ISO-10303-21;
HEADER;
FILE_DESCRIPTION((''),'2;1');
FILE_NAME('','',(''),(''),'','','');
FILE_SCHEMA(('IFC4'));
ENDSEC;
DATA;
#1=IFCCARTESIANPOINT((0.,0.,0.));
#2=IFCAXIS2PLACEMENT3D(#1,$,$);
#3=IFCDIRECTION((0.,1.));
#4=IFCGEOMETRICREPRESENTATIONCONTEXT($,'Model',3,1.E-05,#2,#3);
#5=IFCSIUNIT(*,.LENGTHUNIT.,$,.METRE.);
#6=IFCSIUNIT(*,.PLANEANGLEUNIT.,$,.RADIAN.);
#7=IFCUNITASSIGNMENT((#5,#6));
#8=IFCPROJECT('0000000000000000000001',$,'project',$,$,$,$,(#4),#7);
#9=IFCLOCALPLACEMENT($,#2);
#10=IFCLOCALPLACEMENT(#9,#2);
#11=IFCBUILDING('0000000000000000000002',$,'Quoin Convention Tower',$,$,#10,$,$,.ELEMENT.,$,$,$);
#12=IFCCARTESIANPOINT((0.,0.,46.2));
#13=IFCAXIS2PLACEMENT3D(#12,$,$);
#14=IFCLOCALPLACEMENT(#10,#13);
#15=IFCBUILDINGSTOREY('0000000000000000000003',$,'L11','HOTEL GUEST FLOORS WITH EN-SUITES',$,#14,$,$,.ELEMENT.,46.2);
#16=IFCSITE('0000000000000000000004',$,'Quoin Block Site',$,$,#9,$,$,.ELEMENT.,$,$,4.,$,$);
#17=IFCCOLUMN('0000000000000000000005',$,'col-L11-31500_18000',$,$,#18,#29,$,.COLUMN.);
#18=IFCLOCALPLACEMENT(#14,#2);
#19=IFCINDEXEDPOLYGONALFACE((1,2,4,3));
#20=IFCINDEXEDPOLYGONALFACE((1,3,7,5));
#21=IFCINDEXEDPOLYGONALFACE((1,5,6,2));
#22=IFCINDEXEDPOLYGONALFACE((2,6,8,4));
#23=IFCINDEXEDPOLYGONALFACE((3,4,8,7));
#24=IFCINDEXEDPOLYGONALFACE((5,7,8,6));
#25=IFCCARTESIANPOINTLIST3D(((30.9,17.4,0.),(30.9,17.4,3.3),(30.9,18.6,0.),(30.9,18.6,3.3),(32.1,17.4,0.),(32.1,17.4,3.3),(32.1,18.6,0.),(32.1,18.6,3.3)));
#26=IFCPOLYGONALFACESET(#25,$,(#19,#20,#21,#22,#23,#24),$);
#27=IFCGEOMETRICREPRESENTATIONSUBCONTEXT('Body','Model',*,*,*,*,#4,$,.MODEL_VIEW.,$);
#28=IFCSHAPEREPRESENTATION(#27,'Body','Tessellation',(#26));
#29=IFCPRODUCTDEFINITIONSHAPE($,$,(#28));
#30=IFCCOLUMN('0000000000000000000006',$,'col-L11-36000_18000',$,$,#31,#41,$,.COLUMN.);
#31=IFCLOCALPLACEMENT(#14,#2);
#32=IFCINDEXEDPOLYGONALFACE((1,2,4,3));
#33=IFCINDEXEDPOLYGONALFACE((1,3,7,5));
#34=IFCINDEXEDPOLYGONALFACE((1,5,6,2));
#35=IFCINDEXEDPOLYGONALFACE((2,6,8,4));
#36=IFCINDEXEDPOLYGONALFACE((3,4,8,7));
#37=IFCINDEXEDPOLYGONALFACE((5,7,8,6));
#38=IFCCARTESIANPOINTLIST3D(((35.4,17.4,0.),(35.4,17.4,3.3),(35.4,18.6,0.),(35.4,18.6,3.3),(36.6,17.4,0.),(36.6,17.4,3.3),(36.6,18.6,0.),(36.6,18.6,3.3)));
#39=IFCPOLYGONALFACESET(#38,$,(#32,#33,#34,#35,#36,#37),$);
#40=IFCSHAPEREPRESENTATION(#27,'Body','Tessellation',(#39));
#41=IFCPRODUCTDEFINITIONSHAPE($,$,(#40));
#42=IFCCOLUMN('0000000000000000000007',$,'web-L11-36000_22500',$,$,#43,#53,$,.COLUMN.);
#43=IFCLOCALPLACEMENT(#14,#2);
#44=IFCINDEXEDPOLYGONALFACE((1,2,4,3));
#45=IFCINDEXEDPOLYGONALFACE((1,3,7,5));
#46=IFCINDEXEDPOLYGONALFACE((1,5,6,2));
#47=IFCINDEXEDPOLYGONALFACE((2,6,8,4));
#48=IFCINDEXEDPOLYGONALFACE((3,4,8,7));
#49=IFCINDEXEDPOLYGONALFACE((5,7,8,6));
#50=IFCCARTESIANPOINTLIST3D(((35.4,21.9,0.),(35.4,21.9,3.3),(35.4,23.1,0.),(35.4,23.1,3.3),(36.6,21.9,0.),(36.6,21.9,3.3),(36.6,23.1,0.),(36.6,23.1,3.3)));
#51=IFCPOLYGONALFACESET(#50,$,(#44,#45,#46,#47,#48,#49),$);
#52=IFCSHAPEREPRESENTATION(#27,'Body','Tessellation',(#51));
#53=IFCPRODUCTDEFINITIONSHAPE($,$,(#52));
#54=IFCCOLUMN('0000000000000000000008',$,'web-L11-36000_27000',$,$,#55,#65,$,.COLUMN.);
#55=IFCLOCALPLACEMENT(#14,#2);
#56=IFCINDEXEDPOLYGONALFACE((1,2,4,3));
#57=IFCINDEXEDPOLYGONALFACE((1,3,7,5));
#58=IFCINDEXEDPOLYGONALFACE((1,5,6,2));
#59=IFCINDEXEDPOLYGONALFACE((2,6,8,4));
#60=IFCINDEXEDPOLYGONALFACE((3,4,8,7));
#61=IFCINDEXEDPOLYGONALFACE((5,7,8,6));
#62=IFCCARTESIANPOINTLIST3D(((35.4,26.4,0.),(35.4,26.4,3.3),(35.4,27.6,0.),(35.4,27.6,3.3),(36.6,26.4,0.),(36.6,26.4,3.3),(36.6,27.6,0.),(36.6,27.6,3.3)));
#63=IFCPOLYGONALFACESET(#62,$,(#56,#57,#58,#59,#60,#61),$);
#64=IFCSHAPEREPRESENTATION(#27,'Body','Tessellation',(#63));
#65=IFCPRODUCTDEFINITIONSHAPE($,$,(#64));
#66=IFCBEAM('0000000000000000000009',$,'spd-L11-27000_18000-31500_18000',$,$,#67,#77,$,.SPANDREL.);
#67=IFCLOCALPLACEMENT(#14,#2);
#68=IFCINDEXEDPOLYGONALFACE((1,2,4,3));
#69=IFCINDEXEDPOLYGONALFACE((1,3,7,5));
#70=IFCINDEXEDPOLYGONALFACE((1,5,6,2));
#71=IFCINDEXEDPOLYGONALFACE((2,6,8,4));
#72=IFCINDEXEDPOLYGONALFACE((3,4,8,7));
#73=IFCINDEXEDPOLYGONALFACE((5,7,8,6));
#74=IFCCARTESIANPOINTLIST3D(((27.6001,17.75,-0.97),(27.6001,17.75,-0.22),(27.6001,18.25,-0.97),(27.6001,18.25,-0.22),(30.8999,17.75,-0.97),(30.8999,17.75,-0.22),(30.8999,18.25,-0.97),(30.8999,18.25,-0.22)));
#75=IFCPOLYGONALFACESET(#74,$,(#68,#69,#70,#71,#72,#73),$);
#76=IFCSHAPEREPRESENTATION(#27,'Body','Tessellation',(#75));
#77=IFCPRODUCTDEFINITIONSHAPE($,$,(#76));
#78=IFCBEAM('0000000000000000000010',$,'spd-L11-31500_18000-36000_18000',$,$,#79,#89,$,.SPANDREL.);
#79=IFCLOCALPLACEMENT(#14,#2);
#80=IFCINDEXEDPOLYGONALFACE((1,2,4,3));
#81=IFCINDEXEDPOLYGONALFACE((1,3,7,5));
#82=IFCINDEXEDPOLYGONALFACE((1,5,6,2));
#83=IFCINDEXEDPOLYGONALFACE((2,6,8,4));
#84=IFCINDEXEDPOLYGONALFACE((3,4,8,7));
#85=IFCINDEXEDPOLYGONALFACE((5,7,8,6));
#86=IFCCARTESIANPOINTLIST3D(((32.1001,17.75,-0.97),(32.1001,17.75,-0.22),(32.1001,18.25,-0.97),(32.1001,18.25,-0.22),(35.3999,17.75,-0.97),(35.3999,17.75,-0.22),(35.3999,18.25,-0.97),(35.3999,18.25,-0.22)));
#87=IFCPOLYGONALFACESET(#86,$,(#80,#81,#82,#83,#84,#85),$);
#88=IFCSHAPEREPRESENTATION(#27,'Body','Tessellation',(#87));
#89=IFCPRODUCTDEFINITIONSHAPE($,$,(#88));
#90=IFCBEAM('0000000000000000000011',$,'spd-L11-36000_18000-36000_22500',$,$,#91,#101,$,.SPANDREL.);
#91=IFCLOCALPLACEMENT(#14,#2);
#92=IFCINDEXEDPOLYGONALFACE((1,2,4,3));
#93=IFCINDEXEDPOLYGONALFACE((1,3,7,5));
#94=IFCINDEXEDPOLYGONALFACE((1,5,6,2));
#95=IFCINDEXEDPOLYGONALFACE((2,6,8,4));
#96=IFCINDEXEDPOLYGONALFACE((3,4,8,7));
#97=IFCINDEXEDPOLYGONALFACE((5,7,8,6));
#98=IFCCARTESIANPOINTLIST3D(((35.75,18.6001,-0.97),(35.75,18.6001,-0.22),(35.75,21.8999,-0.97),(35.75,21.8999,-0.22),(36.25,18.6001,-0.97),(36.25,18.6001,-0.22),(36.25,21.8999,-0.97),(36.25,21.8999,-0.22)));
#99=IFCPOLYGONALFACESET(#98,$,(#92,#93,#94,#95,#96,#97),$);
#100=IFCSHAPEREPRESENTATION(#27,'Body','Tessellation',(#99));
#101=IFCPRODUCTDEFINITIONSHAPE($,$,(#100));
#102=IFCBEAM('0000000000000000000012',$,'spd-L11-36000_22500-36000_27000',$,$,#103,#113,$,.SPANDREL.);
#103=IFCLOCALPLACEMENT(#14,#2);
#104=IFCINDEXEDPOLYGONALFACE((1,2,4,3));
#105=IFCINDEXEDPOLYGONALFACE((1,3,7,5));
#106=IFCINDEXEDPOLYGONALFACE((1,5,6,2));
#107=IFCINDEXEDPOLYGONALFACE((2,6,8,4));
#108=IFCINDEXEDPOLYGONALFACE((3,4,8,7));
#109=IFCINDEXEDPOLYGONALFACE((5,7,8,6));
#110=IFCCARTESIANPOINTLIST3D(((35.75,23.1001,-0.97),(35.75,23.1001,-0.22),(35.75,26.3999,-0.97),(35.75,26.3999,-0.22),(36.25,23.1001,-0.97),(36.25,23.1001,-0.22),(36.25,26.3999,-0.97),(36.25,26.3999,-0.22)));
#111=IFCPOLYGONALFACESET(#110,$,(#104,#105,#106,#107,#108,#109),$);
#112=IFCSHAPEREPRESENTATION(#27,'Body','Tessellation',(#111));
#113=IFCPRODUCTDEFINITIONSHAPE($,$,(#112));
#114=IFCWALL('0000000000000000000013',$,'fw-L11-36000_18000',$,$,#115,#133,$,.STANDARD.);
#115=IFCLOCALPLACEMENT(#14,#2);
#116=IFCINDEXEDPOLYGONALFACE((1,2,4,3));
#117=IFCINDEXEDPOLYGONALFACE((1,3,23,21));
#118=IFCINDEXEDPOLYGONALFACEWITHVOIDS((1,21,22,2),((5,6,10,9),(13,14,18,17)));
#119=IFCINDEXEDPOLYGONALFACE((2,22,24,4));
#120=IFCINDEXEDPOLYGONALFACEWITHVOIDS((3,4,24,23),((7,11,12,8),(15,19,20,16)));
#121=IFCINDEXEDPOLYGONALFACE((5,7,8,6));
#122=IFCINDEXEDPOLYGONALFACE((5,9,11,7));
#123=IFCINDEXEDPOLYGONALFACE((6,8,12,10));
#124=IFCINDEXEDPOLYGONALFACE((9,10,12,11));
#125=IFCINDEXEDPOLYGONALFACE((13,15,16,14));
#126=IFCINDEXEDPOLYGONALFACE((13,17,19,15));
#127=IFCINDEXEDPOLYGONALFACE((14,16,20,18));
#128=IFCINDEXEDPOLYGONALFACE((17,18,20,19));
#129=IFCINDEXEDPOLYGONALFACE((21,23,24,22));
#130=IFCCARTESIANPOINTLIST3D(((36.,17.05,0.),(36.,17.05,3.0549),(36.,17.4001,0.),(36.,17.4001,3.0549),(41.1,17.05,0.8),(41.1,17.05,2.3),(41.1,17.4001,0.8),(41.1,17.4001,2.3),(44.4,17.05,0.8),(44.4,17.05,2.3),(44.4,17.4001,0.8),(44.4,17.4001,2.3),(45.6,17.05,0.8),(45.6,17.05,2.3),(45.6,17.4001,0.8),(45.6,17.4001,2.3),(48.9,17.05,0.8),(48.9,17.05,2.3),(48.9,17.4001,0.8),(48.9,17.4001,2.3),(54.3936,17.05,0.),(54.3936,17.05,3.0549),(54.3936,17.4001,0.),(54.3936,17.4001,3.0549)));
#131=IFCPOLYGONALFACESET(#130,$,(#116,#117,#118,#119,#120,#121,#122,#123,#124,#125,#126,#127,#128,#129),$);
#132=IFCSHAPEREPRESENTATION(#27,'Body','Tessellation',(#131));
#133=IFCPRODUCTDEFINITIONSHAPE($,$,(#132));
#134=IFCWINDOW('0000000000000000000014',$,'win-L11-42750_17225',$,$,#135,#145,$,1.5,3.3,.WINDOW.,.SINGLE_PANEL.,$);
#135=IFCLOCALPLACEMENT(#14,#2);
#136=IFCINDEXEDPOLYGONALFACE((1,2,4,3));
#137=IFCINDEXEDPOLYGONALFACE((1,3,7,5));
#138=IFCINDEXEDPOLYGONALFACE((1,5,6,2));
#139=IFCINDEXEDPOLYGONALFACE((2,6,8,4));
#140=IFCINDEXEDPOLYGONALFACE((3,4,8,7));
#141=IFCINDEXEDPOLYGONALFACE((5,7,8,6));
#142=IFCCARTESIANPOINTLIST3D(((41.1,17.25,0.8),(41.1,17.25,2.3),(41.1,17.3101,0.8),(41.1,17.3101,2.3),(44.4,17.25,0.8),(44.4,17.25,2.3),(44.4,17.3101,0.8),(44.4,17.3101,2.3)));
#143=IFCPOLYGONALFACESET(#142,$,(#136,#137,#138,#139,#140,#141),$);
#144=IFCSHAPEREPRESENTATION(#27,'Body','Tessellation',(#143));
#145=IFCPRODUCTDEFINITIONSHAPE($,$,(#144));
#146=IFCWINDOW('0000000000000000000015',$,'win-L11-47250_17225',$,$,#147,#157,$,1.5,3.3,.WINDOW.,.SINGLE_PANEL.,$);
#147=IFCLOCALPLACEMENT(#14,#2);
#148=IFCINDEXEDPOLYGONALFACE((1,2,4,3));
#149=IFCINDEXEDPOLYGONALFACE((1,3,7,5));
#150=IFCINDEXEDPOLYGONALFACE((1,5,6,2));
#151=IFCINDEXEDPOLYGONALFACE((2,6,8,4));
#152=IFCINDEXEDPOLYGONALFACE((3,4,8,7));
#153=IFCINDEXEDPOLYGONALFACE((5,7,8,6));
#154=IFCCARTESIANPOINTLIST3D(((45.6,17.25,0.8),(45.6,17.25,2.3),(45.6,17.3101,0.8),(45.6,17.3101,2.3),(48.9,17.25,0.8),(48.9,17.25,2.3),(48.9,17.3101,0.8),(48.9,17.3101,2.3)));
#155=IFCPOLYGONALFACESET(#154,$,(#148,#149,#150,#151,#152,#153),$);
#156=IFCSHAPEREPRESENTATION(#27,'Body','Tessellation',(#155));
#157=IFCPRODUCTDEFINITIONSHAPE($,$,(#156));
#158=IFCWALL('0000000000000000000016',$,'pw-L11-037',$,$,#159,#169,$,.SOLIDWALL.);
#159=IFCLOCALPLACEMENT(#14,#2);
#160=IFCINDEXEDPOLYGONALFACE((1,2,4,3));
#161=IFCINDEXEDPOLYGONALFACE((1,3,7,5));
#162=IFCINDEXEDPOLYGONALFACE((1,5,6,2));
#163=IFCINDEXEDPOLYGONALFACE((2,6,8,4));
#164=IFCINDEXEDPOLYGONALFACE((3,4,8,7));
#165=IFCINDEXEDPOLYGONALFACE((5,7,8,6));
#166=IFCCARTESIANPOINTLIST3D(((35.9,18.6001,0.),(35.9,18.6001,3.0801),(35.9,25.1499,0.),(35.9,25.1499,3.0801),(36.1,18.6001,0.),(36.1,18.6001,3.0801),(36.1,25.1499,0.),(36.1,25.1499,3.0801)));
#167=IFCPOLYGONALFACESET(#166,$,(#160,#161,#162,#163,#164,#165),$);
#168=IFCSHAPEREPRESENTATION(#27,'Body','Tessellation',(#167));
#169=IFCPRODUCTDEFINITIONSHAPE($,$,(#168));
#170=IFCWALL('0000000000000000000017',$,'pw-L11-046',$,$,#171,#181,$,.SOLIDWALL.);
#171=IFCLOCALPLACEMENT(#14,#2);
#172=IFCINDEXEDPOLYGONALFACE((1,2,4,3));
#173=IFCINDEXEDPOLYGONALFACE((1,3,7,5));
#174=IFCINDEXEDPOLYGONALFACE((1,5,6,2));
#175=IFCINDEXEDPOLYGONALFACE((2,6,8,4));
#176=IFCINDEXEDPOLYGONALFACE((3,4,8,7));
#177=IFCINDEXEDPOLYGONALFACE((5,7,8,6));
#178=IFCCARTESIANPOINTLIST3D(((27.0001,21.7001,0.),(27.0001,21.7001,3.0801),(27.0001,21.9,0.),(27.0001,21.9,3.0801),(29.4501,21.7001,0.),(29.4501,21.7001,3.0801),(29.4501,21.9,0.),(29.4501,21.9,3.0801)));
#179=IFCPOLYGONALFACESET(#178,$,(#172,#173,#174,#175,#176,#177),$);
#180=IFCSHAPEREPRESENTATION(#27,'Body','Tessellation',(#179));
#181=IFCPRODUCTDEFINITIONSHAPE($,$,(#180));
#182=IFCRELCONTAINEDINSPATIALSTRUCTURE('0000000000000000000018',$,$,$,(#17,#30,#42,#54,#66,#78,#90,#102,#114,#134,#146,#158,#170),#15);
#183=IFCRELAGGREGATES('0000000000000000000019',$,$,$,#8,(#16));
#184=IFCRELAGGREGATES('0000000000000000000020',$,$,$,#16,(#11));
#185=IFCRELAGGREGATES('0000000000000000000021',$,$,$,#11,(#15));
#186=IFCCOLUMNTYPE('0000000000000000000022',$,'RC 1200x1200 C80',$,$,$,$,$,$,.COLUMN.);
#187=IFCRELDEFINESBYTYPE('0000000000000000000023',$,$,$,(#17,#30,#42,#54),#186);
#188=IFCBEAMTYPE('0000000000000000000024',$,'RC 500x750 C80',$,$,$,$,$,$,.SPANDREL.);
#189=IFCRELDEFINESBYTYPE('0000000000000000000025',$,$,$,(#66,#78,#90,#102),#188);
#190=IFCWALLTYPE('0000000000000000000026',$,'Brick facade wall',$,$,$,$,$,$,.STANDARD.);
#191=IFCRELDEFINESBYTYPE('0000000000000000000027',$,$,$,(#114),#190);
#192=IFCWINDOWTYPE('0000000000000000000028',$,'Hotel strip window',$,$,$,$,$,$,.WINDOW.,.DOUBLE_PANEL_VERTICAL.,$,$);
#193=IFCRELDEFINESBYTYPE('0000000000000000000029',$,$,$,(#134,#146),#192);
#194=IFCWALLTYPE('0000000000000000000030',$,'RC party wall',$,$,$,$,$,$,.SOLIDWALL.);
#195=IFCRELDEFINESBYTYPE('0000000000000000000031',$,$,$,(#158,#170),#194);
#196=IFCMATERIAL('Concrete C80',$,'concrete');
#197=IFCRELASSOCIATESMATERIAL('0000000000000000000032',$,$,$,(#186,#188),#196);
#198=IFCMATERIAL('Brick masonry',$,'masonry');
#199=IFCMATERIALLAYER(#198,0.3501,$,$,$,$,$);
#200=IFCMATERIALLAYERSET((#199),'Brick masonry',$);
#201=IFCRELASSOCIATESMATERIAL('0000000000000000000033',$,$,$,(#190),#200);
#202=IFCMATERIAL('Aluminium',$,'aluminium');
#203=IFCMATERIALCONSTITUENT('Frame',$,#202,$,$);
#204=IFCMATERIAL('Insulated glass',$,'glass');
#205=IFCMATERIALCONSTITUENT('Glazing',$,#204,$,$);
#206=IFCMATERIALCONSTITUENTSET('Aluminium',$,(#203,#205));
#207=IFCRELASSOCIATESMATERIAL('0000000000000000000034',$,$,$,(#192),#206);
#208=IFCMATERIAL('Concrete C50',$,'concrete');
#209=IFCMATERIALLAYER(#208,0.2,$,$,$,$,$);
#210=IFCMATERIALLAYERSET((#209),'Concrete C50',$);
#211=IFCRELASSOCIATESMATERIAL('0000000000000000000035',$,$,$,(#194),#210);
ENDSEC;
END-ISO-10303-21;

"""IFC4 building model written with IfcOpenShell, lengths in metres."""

from ifc_helpers import new_model, si_unit, direction, frame, frame_2d, origin, origin_2d, place, context, subcontext, project, spatial, rectangle, extrude, material, layer, layer_set, constituent, constituent_set, material_profile, profile_set, type_object, element, fill, save


model = new_model("IFC4")

# Units and contexts
model_context = context("Model", 3, precision=1e-05, world=origin(), true_north=direction((0.0, 1.0)))
body_context = subcontext(model_context, "Body", "Model", "MODEL_VIEW")
ifc_project = project(units=[si_unit("LENGTHUNIT", "METRE"), si_unit("PLANEANGLEUNIT", "RADIAN")], contexts=[model_context])

# Site, building, storey
site_placement = place(None, origin())
site = spatial("IfcSite", under=ifc_project, at=site_placement, Name="Quoin Block Site", CompositionType="ELEMENT", RefElevation=4.0)
building_placement = place(site_placement, origin())
building = spatial("IfcBuilding", under=site, at=building_placement, Name="Quoin Convention Tower", CompositionType="ELEMENT")
storey_placement = place(building_placement, frame((0.0, 0.0, 46.2)))
storey = spatial("IfcBuildingStorey", under=building, at=storey_placement, Name="L11", Description="HOTEL GUEST FLOORS WITH EN-SUITES", CompositionType="ELEMENT", Elevation=46.2)

# Columns
ifc_material_1 = material(Name="Concrete C80", Category="concrete")
ifc_material_profile_1 = material_profile(ifc_material_1, rectangle(XDim=1.2, YDim=1.2, at=origin_2d()), Name="RC 1200x1200")
ifc_profile_set_1 = profile_set([ifc_material_profile_1], Name="Concrete C80")
column_type = type_object("IfcColumnType", Name="RC 1200x1200 C80", PredefinedType="COLUMN", material=ifc_profile_set_1)
for number, where, z_axis, x_axis, name in (
    (1, (31.5, 18.0, 0.0), (0.0, 0.0, 1.0), (1.0, 0.0, 0.0), "col-L11-31500_18000"),
    (2, (36.0, 18.0, 0.0), (0.0, 0.0, 1.0), (1.0, 0.0, 0.0), "col-L11-36000_18000"),
    (3, (36.0, 22.5, 0.0), (0.0, 0.0, 1.0), (1.0, 0.0, 0.0), "web-L11-36000_22500"),
    (4, (36.0, 27.0, 0.0), (0.0, 0.0, 1.0), (1.0, 0.0, 0.0), "web-L11-36000_27000"),
):
    element("IfcColumn", number, at=place(storey_placement, frame(where, z_axis=z_axis, x_axis=x_axis)), inside=storey, type_object=column_type, Name=name, PredefinedType="COLUMN", context=body_context, shape_type="SweptSolid", body=[
        extrude(rectangle(XDim=1.2, YDim=1.2, at=origin_2d()), origin(), (0.0, 0.0, 1.0), 3.3),
    ])

# Beams
ifc_material_profile_2 = material_profile(ifc_material_1, rectangle(XDim=0.5, YDim=0.75, at=origin_2d()), Name="RC 500x750")
ifc_profile_set_2 = profile_set([ifc_material_profile_2], Name="Concrete C80")
beam_type = type_object("IfcBeamType", Name="RC 500x750 C80", PredefinedType="SPANDREL", material=ifc_profile_set_2)
for number, where, z_axis, x_axis, name in (
    (5, (27.6001, 18.0, -0.595), (1.0, 0.0, 0.0), (0.0, 1.0, 0.0), "spd-L11-27000_18000-31500_18000"),
    (6, (32.1001, 18.0, -0.595), (1.0, 0.0, 0.0), (0.0, 1.0, 0.0), "spd-L11-31500_18000-36000_18000"),
    (7, (36.0, 18.6001, -0.595), (0.0, 1.0, 0.0), (-1.0, 0.0, 0.0), "spd-L11-36000_18000-36000_22500"),
    (8, (36.0, 23.1001, -0.595), (0.0, 1.0, 0.0), (-1.0, 0.0, 0.0), "spd-L11-36000_22500-36000_27000"),
):
    element("IfcBeam", number, at=place(storey_placement, frame(where, z_axis=z_axis, x_axis=x_axis)), inside=storey, type_object=beam_type, Name=name, PredefinedType="SPANDREL", context=body_context, shape_type="SweptSolid", body=[
        extrude(rectangle(XDim=0.5, YDim=0.75, at=origin_2d()), origin(), (0.0, 0.0, 1.0), 3.2998),
    ])

# Wall, openings, windows
ifc_material_2 = material(Name="Brick masonry", Category="masonry")
ifc_layer_1 = layer(ifc_material_2, 0.3501)
ifc_layer_set_1 = layer_set([ifc_layer_1], Name="Brick masonry")
wall_type_1 = type_object("IfcWallType", Name="Brick facade wall", PredefinedType="STANDARD", material=ifc_layer_set_1)
wall_1_placement = place(storey_placement, frame((36.0, 17.2251, 0.0), z_axis=(0.0, 0.0, 1.0), x_axis=(1.0, 0.0, 0.0)))
wall_1 = element("IfcWall", 9, at=wall_1_placement, inside=storey, type_object=wall_type_1, Name="fw-L11-36000_18000", PredefinedType="STANDARD", context=body_context, shape_type="SweptSolid", body=[
    extrude(rectangle(XDim=18.3936, YDim=0.3501, at=frame_2d((9.1968, 0.0))), origin(), (0.0, 0.0, 1.0), 3.0549),
])
opening_1_placement = place(wall_1_placement, frame((5.1001, 0.0, 0.8)))
opening_1 = element("IfcOpeningElement", 10, at=opening_1_placement, cuts=wall_1, PredefinedType="OPENING", context=body_context, shape_type="SweptSolid", body=[
    extrude(rectangle(XDim=3.3, YDim=1.5, at=frame_2d((1.6499, 0.75))), frame((0.0, 0.1851, 0.0), z_axis=(0.0, -1.0, 0.0), x_axis=(1.0, 0.0, 0.0)), (0.0, 0.0, 1.0), 0.3701),
])
opening_2_placement = place(wall_1_placement, frame((9.6001, 0.0, 0.8)))
opening_2 = element("IfcOpeningElement", 11, at=opening_2_placement, cuts=wall_1, PredefinedType="OPENING", context=body_context, shape_type="SweptSolid", body=[
    extrude(rectangle(XDim=3.3, YDim=1.5, at=frame_2d((1.6499, 0.75))), frame((0.0, 0.1851, 0.0), z_axis=(0.0, -1.0, 0.0), x_axis=(1.0, 0.0, 0.0)), (0.0, 0.0, 1.0), 0.3701),
])
ifc_material_3 = material(Name="Aluminium", Category="aluminium")
ifc_constituent_1 = constituent(ifc_material_3, Name="Frame")
ifc_material_4 = material(Name="Insulated glass", Category="glass")
ifc_constituent_2 = constituent(ifc_material_4, Name="Glazing")
ifc_constituent_set = constituent_set(constituents=[ifc_constituent_1, ifc_constituent_2], Name="Aluminium")
window_type = type_object("IfcWindowType", Name="Hotel strip window", PartitioningType="DOUBLE_PANEL_VERTICAL", PredefinedType="WINDOW", material=ifc_constituent_set)
window_1_placement = place(opening_1_placement, origin())
window_1 = element("IfcWindow", 12, at=window_1_placement, inside=storey, type_object=window_type, Name="win-L11-42750_17225", OverallHeight=1.5, OverallWidth=3.3, PartitioningType="SINGLE_PANEL", PredefinedType="WINDOW", context=body_context, shape_type="SweptSolid", body=[
    extrude(rectangle(XDim=3.3, YDim=1.5, at=frame_2d((1.6499, 0.75))), frame((0.0, 0.085, 0.0), z_axis=(0.0, -1.0, 0.0), x_axis=(1.0, 0.0, 0.0)), (0.0, 0.0, 1.0), 0.0601),
])
fill(opening_1, window_1)
window_2_placement = place(opening_2_placement, origin())
window_2 = element("IfcWindow", 13, at=window_2_placement, inside=storey, type_object=window_type, Name="win-L11-47250_17225", OverallHeight=1.5, OverallWidth=3.3, PartitioningType="SINGLE_PANEL", PredefinedType="WINDOW", context=body_context, shape_type="SweptSolid", body=[
    extrude(rectangle(XDim=3.3, YDim=1.5, at=frame_2d((1.6499, 0.75))), frame((0.0, 0.085, 0.0), z_axis=(0.0, -1.0, 0.0), x_axis=(1.0, 0.0, 0.0)), (0.0, 0.0, 1.0), 0.0601),
])
fill(opening_2, window_2)

# Walls
ifc_material_5 = material(Name="Concrete C50", Category="concrete")
ifc_layer_2 = layer(ifc_material_5, 0.2)
ifc_layer_set_2 = layer_set([ifc_layer_2], Name="Concrete C50")
wall_type_2 = type_object("IfcWallType", Name="RC party wall", PredefinedType="SOLIDWALL", material=ifc_layer_set_2)
wall_2_placement = place(storey_placement, frame((36.0, 18.6001, 0.0), z_axis=(0.0, 0.0, 1.0), x_axis=(0.0, 1.0, 0.0)))
element("IfcWall", 14, at=wall_2_placement, inside=storey, type_object=wall_type_2, Name="pw-L11-037", PredefinedType="SOLIDWALL", context=body_context, shape_type="SweptSolid", body=[
    extrude(rectangle(XDim=6.5498, YDim=0.2, at=frame_2d((3.2749, 0.0))), origin(), (0.0, 0.0, 1.0), 3.0801),
])
wall_3_placement = place(storey_placement, frame((27.0, 21.8, 0.0), z_axis=(0.0, 0.0, 1.0), x_axis=(1.0, 0.0, 0.0)))
element("IfcWall", 15, at=wall_3_placement, inside=storey, type_object=wall_type_2, Name="pw-L11-046", PredefinedType="SOLIDWALL", context=body_context, shape_type="SweptSolid", body=[
    extrude(rectangle(XDim=2.45, YDim=0.2, at=frame_2d((1.2251, 0.0))), origin(), (0.0, 0.0, 1.0), 3.0801),
])

save(model, "model.ifc")
